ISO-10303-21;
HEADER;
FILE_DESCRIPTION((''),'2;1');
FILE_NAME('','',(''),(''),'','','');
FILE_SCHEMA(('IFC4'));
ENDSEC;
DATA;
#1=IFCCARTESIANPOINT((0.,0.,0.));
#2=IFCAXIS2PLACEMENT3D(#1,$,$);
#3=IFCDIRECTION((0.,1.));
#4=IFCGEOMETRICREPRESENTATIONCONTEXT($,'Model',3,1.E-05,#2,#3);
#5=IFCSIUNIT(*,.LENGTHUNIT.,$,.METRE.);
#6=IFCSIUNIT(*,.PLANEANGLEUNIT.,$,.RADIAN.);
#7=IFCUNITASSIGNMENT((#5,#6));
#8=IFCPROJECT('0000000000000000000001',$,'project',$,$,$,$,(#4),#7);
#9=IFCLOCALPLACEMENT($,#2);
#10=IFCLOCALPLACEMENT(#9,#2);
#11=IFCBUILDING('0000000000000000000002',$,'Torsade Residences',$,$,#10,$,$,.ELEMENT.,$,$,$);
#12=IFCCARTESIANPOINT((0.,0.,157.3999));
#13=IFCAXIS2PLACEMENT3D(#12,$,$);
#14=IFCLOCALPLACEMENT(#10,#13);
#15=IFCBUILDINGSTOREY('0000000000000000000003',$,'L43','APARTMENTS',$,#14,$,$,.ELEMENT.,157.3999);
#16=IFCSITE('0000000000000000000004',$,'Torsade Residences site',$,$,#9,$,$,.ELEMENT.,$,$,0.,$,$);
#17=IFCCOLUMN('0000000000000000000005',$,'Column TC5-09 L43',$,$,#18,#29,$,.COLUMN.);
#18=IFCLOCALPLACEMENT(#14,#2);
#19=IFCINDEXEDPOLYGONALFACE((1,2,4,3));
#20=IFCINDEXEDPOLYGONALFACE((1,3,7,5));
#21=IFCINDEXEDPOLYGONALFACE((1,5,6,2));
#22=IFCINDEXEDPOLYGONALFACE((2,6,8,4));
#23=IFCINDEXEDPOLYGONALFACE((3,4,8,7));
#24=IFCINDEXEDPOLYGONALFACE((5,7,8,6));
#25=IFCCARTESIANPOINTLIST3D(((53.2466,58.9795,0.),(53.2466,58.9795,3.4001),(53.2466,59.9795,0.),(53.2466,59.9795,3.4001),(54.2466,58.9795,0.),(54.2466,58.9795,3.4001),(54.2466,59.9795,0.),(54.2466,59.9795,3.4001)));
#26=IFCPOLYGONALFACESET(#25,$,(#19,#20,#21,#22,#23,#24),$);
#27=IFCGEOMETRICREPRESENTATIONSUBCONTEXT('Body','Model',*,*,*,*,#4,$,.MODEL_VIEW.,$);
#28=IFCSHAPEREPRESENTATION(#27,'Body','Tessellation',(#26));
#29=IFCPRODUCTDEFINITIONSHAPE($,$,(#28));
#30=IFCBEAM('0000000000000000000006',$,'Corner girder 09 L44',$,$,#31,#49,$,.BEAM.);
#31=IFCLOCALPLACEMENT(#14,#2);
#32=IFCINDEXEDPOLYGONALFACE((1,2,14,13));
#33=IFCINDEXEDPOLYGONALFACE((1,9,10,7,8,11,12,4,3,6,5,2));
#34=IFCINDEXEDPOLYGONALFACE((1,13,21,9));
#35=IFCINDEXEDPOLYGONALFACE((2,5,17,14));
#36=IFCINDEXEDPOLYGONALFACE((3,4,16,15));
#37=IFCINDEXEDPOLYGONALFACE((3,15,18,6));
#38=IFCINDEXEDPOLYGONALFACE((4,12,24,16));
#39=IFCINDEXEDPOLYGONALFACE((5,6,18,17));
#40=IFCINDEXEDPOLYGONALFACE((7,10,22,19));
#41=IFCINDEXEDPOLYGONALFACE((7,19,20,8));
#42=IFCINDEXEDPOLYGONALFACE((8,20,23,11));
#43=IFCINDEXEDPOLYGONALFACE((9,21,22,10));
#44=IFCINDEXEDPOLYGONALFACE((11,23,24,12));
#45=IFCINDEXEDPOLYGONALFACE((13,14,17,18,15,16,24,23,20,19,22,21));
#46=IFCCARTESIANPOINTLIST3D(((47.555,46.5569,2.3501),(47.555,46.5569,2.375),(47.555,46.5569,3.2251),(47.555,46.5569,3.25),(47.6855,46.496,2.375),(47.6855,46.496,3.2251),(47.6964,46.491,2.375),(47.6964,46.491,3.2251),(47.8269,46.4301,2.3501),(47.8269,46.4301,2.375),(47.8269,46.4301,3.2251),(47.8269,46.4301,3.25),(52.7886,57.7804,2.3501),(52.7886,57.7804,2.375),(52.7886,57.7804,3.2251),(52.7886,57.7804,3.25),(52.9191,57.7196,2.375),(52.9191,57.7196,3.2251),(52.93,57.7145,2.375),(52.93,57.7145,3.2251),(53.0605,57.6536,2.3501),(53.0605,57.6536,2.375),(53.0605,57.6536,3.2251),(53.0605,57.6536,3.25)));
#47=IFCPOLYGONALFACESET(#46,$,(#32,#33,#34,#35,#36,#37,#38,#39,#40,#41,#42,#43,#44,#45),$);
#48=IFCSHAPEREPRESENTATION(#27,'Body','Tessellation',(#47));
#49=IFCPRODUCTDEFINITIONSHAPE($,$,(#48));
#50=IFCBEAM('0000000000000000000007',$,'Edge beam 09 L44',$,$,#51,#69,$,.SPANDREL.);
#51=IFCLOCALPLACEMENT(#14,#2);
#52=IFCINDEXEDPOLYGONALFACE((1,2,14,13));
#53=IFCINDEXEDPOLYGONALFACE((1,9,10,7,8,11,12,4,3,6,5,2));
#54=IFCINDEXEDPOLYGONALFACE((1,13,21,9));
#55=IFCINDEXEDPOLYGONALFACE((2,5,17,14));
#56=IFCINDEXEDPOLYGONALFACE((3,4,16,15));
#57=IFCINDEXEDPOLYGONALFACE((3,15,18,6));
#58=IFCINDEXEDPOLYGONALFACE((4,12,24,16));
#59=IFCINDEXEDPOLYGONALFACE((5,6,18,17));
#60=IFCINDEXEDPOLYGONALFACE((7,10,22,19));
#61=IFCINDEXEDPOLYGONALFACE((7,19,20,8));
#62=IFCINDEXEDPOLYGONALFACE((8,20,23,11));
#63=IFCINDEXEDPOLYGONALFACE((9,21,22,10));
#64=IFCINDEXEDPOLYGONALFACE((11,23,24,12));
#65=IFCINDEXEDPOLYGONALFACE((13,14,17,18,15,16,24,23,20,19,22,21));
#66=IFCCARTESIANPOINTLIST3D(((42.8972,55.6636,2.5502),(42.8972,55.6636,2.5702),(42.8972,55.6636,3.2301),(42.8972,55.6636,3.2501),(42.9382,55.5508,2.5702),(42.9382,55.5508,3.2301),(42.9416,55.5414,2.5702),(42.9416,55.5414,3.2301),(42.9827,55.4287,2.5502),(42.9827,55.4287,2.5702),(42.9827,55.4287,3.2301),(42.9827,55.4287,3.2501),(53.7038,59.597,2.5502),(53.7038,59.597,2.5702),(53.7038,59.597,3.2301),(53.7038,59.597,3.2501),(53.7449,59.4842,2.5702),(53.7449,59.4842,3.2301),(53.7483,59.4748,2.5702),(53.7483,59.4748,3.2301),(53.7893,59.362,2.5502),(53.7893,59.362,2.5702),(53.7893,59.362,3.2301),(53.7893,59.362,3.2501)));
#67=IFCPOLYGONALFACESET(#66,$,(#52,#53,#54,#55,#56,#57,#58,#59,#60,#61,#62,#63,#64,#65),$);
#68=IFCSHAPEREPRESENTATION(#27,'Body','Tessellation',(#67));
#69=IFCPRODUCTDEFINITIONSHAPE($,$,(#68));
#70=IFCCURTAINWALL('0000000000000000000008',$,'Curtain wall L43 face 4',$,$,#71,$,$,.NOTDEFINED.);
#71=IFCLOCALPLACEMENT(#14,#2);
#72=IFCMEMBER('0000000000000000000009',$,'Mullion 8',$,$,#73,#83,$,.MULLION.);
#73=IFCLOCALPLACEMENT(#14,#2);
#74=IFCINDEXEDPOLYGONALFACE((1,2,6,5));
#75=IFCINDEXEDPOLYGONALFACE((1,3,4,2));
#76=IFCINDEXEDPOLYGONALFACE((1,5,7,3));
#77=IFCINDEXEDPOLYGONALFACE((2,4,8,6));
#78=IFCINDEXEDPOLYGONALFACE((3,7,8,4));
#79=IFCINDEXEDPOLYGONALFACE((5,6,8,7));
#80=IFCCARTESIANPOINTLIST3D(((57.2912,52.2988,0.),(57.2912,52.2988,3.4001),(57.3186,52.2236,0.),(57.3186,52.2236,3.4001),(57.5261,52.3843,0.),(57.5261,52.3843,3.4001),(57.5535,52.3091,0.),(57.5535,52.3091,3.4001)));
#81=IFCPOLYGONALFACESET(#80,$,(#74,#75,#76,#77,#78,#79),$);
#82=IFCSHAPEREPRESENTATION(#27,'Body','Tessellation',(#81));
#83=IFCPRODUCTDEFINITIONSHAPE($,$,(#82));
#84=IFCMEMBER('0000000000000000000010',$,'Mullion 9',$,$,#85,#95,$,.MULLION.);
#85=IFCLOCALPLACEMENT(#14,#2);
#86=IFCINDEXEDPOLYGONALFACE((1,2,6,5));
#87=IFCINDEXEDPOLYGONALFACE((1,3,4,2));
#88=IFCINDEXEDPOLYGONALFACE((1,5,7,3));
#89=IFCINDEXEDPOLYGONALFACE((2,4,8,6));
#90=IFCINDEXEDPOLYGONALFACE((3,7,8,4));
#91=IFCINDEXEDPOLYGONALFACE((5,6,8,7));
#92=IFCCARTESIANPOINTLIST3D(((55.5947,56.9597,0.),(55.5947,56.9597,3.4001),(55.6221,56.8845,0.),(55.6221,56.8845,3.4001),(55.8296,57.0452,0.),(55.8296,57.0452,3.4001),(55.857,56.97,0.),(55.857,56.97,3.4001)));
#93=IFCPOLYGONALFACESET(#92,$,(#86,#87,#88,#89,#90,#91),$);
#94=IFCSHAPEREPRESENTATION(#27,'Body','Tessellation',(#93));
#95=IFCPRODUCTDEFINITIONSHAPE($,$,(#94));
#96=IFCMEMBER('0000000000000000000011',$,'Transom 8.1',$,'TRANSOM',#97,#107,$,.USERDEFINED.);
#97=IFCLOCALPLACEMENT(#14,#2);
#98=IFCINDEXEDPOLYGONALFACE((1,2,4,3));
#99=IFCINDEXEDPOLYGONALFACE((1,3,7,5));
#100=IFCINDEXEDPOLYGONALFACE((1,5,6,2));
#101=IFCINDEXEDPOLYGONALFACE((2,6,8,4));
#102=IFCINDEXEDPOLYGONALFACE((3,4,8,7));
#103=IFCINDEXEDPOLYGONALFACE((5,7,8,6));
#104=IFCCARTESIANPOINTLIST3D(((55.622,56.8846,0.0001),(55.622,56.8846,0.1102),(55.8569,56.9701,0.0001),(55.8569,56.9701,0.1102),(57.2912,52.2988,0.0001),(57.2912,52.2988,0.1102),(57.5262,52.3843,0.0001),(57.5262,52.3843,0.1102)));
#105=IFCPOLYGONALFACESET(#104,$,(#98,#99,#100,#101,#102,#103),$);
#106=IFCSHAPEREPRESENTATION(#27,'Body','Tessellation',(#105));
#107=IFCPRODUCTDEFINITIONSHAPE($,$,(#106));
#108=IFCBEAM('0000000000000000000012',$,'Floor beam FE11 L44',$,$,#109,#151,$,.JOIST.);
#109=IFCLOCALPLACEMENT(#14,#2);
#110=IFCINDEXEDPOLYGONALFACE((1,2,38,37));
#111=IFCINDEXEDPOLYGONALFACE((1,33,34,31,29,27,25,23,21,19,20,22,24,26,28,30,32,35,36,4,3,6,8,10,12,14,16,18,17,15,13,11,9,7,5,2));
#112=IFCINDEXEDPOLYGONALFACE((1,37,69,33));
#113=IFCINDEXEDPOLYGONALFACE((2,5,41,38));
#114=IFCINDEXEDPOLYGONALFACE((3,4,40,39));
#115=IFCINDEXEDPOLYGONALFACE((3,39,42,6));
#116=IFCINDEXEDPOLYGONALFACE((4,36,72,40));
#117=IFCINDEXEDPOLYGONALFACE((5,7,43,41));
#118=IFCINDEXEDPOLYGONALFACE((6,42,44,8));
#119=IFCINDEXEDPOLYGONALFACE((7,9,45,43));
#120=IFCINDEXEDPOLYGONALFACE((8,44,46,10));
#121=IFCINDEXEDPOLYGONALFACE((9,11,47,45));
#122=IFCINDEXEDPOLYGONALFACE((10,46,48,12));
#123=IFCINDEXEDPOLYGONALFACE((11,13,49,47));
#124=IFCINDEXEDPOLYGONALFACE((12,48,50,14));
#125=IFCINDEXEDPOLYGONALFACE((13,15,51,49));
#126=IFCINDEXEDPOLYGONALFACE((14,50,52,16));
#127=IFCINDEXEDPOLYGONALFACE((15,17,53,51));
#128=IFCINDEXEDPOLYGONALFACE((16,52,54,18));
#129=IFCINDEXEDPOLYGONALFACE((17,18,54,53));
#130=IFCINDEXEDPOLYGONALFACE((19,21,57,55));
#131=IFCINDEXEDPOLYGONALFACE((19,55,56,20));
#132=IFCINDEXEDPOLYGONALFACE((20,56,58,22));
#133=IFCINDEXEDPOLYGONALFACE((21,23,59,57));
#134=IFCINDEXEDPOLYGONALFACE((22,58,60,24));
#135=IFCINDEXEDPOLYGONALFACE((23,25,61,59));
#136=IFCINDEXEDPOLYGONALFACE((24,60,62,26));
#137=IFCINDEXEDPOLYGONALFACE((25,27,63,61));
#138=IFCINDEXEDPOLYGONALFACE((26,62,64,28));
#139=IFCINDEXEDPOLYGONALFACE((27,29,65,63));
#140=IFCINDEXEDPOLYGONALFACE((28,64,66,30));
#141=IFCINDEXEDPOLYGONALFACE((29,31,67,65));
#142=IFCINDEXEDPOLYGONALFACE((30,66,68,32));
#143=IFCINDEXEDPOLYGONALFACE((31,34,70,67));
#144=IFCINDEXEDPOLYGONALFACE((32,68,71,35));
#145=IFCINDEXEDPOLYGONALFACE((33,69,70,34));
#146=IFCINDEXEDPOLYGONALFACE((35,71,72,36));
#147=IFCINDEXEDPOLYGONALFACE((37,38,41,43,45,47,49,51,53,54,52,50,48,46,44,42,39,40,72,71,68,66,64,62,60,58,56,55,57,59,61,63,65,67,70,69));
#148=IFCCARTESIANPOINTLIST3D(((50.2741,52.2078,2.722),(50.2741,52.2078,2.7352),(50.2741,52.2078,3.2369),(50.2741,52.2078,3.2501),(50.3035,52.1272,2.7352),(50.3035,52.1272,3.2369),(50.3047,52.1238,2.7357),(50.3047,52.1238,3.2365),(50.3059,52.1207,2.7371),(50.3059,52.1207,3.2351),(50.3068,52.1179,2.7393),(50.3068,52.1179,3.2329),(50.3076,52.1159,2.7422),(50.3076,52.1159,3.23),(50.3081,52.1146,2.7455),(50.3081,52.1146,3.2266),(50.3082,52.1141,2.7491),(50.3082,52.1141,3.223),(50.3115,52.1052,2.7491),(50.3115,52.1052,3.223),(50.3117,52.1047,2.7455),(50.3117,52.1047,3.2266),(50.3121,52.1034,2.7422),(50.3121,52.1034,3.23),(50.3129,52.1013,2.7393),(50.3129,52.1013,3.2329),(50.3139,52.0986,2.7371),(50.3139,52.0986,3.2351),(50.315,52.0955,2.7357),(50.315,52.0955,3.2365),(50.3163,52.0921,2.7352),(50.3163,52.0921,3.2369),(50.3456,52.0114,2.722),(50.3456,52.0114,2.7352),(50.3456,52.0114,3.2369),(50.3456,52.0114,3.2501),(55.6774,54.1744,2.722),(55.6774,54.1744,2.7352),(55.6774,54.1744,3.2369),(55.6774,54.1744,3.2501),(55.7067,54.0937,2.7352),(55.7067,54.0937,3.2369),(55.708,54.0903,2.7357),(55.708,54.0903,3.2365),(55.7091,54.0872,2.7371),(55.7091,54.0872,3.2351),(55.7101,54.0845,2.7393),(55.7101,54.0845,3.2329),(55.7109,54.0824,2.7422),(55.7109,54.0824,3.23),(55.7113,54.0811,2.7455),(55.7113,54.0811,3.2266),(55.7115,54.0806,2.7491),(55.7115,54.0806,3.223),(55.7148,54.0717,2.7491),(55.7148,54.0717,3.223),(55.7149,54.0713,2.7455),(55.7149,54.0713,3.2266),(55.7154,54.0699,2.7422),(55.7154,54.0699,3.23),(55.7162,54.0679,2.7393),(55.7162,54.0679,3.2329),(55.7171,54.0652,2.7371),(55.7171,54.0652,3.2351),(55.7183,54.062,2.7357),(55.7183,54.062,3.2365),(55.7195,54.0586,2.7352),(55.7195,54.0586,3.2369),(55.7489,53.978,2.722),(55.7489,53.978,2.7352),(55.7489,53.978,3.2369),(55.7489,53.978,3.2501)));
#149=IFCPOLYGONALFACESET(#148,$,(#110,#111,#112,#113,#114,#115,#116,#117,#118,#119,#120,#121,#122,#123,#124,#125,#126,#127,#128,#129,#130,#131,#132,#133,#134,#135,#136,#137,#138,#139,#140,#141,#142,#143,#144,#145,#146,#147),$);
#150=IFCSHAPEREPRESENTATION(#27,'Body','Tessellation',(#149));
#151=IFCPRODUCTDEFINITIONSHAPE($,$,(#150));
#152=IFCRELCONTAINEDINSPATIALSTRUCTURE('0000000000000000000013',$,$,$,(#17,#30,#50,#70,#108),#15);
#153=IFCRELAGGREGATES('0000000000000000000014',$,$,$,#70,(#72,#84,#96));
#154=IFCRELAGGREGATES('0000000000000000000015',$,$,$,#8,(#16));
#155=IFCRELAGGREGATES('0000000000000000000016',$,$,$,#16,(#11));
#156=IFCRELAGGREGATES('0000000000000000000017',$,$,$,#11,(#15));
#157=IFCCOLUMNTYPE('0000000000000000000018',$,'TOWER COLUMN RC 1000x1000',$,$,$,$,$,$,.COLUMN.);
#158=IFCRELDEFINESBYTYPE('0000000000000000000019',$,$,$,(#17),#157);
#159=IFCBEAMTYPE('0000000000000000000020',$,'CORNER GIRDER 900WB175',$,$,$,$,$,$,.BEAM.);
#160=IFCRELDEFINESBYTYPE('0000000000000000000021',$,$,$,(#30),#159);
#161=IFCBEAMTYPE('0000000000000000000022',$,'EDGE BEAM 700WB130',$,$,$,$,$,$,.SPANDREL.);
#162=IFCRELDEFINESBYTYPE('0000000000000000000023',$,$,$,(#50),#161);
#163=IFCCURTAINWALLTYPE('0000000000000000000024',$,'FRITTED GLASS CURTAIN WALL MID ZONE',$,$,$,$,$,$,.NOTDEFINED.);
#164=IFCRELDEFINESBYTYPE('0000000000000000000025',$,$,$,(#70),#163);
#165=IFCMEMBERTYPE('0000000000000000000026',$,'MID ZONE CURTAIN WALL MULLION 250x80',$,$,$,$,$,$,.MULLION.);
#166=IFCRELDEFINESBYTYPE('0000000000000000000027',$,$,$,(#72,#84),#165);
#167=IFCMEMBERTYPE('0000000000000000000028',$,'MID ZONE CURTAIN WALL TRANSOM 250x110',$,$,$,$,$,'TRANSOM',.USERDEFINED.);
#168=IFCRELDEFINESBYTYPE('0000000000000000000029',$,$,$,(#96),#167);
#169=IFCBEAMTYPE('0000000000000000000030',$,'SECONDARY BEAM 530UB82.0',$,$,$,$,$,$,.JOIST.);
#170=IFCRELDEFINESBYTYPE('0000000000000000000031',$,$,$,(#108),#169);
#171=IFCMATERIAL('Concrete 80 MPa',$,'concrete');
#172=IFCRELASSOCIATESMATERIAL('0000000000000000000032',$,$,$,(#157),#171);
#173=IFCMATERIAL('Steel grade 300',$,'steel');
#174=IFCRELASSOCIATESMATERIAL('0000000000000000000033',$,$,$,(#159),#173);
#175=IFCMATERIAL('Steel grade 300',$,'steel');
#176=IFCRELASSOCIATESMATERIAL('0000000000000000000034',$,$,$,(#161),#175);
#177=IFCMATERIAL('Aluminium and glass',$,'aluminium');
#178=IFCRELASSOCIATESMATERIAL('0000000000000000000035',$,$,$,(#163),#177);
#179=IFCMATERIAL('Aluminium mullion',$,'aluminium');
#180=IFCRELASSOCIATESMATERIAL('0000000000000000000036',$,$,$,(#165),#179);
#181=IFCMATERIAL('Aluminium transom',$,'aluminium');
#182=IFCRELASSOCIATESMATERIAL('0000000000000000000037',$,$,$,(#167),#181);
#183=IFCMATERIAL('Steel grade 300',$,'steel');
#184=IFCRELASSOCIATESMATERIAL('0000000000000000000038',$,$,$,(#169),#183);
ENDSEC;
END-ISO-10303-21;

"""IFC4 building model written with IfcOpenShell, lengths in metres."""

from ifc_helpers import new_model, si_unit, direction, frame, origin, origin_2d, place, context, subcontext, project, spatial, rectangle, i_section, extrude, material, material_profile, profile_set, type_object, element, aggregate, save


model = new_model("IFC4")

# Units and contexts
model_context = context("Model", 3, precision=1e-05, world=origin(), true_north=direction((0.0, 1.0)))
body_context = subcontext(model_context, "Body", "Model", "MODEL_VIEW")
ifc_project = project(units=[si_unit("LENGTHUNIT", "METRE"), si_unit("PLANEANGLEUNIT", "RADIAN")], contexts=[model_context])

# Site, building, storey
site_placement = place(None, origin())
site = spatial("IfcSite", under=ifc_project, at=site_placement, Name="Torsade Residences site", CompositionType="ELEMENT", RefElevation=0.0)
building_placement = place(site_placement, origin())
building = spatial("IfcBuilding", under=site, at=building_placement, Name="Torsade Residences", CompositionType="ELEMENT")
storey_placement = place(building_placement, frame((0.0, 0.0, 157.3999)))
storey = spatial("IfcBuildingStorey", under=building, at=storey_placement, Name="L43", Description="APARTMENTS", CompositionType="ELEMENT", Elevation=157.3999)

# Column
ifc_material_1 = material(Name="Concrete 80 MPa", Category="concrete")
ifc_material_profile_1 = material_profile(ifc_material_1, rectangle(XDim=1.0, YDim=1.0, at=origin_2d()), Name="RC 1000x1000")
ifc_profile_set_1 = profile_set([ifc_material_profile_1], Name="Concrete 80 MPa")
column_type = type_object("IfcColumnType", Name="TOWER COLUMN RC 1000x1000", PredefinedType="COLUMN", material=ifc_profile_set_1)
column_placement = place(storey_placement, frame((53.7466, 59.4795, 0.0), z_axis=(0.0, 0.0, 1.0), x_axis=(1.0, 0.0, 0.0)))
element("IfcColumn", 1, at=column_placement, inside=storey, type_object=column_type, Name="Column TC5-09 L43", PredefinedType="COLUMN", context=body_context, shape_type="SweptSolid", body=[
    extrude(rectangle(XDim=1.0, YDim=1.0, at=origin_2d()), origin(), (0.0, 0.0, 1.0), 3.4001),
])

# Beams
ifc_material_2 = material(Name="Steel grade 300", Category="steel")
ifc_material_profile_2 = material_profile(ifc_material_2, i_section(OverallWidth=0.3, OverallDepth=0.8999, WebThickness=0.012, FlangeThickness=0.0249, at=origin_2d()), Name="900WB175")
ifc_profile_set_2 = profile_set([ifc_material_profile_2], Name="Steel grade 300")
beam_type_1 = type_object("IfcBeamType", Name="CORNER GIRDER 900WB175", PredefinedType="BEAM", material=ifc_profile_set_2)
beam_1_placement = place(storey_placement, frame((52.9246, 57.717, 2.8), z_axis=(-0.422617, -0.906309, 0.0), x_axis=(0.906309, -0.422617, 0.0)))
element("IfcBeam", 2, at=beam_1_placement, inside=storey, type_object=beam_type_1, Name="Corner girder 09 L44", PredefinedType="BEAM", context=body_context, shape_type="SweptSolid", body=[
    extrude(i_section(OverallWidth=0.3, OverallDepth=0.8999, WebThickness=0.012, FlangeThickness=0.0249, at=origin_2d()), origin(), (0.0, 0.0, 1.0), 12.3838),
])
ifc_material_3 = material(Name="Steel grade 300", Category="steel")
ifc_material_profile_3 = material_profile(ifc_material_3, i_section(OverallWidth=0.25, OverallDepth=0.7, WebThickness=0.01, FlangeThickness=0.02, at=origin_2d()), Name="700WB130")
ifc_profile_set_3 = profile_set([ifc_material_profile_3], Name="Steel grade 300")
beam_type_2 = type_object("IfcBeamType", Name="EDGE BEAM 700WB130", PredefinedType="SPANDREL", material=ifc_profile_set_3)
beam_2_placement = place(storey_placement, frame((53.7466, 59.4795, 2.9001), z_axis=(-0.939691, -0.342024, 0.0), x_axis=(0.342024, -0.939691, 0.0)))
element("IfcBeam", 3, at=beam_2_placement, inside=storey, type_object=beam_type_2, Name="Edge beam 09 L44", PredefinedType="SPANDREL", context=body_context, shape_type="SweptSolid", body=[
    extrude(i_section(OverallWidth=0.25, OverallDepth=0.7, WebThickness=0.01, FlangeThickness=0.02, at=origin_2d()), origin(), (0.0, 0.0, 1.0), 11.5002),
])

# Curtain wall, members
ifc_material_4 = material(Name="Aluminium and glass", Category="aluminium")
curtain_wall_type = type_object("IfcCurtainWallType", Name="FRITTED GLASS CURTAIN WALL MID ZONE", PredefinedType="NOTDEFINED", material=ifc_material_4)
curtain_wall_placement = place(storey_placement, origin())
curtain_wall = element("IfcCurtainWall", 4, at=curtain_wall_placement, inside=storey, type_object=curtain_wall_type, Name="Curtain wall L43 face 4", PredefinedType="NOTDEFINED")
ifc_material_5 = material(Name="Aluminium mullion", Category="aluminium")
ifc_material_profile_4 = material_profile(ifc_material_5, rectangle(XDim=0.25, YDim=0.0801, at=origin_2d()), Name="MID ZONE CURTAIN WALL MULLION 250x80")
ifc_profile_set_4 = profile_set([ifc_material_profile_4], Name="Aluminium mullion")
member_type_1 = type_object("IfcMemberType", Name="MID ZONE CURTAIN WALL MULLION 250x80", PredefinedType="MULLION", material=ifc_profile_set_4)
member_1_placement = place(storey_placement, frame((57.4224, 52.304, 0.0), z_axis=(0.0, 0.0, 1.0), x_axis=(-0.939693, -0.34202, 0.0)))
member_1 = element("IfcMember", 5, at=member_1_placement, type_object=member_type_1, Name="Mullion 8", PredefinedType="MULLION", context=body_context, shape_type="SweptSolid", body=[
    extrude(rectangle(XDim=0.25, YDim=0.0801, at=origin_2d()), origin(), (0.0, 0.0, 1.0), 3.4001),
])
member_2_placement = place(storey_placement, frame((55.7258, 56.9648, 0.0), z_axis=(0.0, 0.0, 1.0), x_axis=(-0.939693, -0.34202, 0.0)))
member_2 = element("IfcMember", 6, at=member_2_placement, type_object=member_type_1, Name="Mullion 9", PredefinedType="MULLION", context=body_context, shape_type="SweptSolid", body=[
    extrude(rectangle(XDim=0.25, YDim=0.0801, at=origin_2d()), origin(), (0.0, 0.0, 1.0), 3.4001),
])
ifc_material_6 = material(Name="Aluminium transom", Category="aluminium")
ifc_material_profile_5 = material_profile(ifc_material_6, rectangle(XDim=0.25, YDim=0.1101, at=origin_2d()), Name="MID ZONE CURTAIN WALL TRANSOM 250x110")
ifc_profile_set_5 = profile_set([ifc_material_profile_5], Name="Aluminium transom")
member_type_2 = type_object("IfcMemberType", Name="MID ZONE CURTAIN WALL TRANSOM 250x110", ElementType="TRANSOM", PredefinedType="USERDEFINED", material=ifc_profile_set_5)
member_3_placement = place(storey_placement, frame((57.4087, 52.3416, 0.0552), z_axis=(-0.342044, 0.939684, 0.0), x_axis=(-0.939684, -0.342044, 0.0)))
member_3 = element("IfcMember", 7, at=member_3_placement, type_object=member_type_2, Name="Transom 8.1", ObjectType="TRANSOM", PredefinedType="USERDEFINED", context=body_context, shape_type="SweptSolid", body=[
    extrude(rectangle(XDim=0.25, YDim=0.1101, at=origin_2d()), origin(), (0.0, 0.0, 1.0), 4.8801),
])

# Beam
ifc_material_7 = material(Name="Steel grade 300", Category="steel")
ifc_material_profile_6 = material_profile(ifc_material_7, i_section(OverallWidth=0.209, OverallDepth=0.5281, WebThickness=0.0095, FlangeThickness=0.0132, FilletRadius=0.0139, at=origin_2d()), Name="530UB82.0")
ifc_profile_set_6 = profile_set([ifc_material_profile_6], Name="Steel grade 300")
beam_type_3 = type_object("IfcBeamType", Name="SECONDARY BEAM 530UB82.0", PredefinedType="JOIST", material=ifc_profile_set_6)
beam_3_placement = place(storey_placement, frame((55.7131, 54.0762, 2.9861), z_axis=(-0.939698, -0.342006, 0.0), x_axis=(0.342006, -0.939698, 0.0)))
element("IfcBeam", 8, at=beam_3_placement, inside=storey, type_object=beam_type_3, Name="Floor beam FE11 L44", PredefinedType="JOIST", context=body_context, shape_type="SweptSolid", body=[
    extrude(i_section(OverallWidth=0.209, OverallDepth=0.5281, WebThickness=0.0095, FlangeThickness=0.0132, FilletRadius=0.0139, at=origin_2d()), origin(), (0.0, 0.0, 1.0), 5.75),
])

aggregate(curtain_wall, [member_1, member_2, member_3])

save(model, "model.ifc")
